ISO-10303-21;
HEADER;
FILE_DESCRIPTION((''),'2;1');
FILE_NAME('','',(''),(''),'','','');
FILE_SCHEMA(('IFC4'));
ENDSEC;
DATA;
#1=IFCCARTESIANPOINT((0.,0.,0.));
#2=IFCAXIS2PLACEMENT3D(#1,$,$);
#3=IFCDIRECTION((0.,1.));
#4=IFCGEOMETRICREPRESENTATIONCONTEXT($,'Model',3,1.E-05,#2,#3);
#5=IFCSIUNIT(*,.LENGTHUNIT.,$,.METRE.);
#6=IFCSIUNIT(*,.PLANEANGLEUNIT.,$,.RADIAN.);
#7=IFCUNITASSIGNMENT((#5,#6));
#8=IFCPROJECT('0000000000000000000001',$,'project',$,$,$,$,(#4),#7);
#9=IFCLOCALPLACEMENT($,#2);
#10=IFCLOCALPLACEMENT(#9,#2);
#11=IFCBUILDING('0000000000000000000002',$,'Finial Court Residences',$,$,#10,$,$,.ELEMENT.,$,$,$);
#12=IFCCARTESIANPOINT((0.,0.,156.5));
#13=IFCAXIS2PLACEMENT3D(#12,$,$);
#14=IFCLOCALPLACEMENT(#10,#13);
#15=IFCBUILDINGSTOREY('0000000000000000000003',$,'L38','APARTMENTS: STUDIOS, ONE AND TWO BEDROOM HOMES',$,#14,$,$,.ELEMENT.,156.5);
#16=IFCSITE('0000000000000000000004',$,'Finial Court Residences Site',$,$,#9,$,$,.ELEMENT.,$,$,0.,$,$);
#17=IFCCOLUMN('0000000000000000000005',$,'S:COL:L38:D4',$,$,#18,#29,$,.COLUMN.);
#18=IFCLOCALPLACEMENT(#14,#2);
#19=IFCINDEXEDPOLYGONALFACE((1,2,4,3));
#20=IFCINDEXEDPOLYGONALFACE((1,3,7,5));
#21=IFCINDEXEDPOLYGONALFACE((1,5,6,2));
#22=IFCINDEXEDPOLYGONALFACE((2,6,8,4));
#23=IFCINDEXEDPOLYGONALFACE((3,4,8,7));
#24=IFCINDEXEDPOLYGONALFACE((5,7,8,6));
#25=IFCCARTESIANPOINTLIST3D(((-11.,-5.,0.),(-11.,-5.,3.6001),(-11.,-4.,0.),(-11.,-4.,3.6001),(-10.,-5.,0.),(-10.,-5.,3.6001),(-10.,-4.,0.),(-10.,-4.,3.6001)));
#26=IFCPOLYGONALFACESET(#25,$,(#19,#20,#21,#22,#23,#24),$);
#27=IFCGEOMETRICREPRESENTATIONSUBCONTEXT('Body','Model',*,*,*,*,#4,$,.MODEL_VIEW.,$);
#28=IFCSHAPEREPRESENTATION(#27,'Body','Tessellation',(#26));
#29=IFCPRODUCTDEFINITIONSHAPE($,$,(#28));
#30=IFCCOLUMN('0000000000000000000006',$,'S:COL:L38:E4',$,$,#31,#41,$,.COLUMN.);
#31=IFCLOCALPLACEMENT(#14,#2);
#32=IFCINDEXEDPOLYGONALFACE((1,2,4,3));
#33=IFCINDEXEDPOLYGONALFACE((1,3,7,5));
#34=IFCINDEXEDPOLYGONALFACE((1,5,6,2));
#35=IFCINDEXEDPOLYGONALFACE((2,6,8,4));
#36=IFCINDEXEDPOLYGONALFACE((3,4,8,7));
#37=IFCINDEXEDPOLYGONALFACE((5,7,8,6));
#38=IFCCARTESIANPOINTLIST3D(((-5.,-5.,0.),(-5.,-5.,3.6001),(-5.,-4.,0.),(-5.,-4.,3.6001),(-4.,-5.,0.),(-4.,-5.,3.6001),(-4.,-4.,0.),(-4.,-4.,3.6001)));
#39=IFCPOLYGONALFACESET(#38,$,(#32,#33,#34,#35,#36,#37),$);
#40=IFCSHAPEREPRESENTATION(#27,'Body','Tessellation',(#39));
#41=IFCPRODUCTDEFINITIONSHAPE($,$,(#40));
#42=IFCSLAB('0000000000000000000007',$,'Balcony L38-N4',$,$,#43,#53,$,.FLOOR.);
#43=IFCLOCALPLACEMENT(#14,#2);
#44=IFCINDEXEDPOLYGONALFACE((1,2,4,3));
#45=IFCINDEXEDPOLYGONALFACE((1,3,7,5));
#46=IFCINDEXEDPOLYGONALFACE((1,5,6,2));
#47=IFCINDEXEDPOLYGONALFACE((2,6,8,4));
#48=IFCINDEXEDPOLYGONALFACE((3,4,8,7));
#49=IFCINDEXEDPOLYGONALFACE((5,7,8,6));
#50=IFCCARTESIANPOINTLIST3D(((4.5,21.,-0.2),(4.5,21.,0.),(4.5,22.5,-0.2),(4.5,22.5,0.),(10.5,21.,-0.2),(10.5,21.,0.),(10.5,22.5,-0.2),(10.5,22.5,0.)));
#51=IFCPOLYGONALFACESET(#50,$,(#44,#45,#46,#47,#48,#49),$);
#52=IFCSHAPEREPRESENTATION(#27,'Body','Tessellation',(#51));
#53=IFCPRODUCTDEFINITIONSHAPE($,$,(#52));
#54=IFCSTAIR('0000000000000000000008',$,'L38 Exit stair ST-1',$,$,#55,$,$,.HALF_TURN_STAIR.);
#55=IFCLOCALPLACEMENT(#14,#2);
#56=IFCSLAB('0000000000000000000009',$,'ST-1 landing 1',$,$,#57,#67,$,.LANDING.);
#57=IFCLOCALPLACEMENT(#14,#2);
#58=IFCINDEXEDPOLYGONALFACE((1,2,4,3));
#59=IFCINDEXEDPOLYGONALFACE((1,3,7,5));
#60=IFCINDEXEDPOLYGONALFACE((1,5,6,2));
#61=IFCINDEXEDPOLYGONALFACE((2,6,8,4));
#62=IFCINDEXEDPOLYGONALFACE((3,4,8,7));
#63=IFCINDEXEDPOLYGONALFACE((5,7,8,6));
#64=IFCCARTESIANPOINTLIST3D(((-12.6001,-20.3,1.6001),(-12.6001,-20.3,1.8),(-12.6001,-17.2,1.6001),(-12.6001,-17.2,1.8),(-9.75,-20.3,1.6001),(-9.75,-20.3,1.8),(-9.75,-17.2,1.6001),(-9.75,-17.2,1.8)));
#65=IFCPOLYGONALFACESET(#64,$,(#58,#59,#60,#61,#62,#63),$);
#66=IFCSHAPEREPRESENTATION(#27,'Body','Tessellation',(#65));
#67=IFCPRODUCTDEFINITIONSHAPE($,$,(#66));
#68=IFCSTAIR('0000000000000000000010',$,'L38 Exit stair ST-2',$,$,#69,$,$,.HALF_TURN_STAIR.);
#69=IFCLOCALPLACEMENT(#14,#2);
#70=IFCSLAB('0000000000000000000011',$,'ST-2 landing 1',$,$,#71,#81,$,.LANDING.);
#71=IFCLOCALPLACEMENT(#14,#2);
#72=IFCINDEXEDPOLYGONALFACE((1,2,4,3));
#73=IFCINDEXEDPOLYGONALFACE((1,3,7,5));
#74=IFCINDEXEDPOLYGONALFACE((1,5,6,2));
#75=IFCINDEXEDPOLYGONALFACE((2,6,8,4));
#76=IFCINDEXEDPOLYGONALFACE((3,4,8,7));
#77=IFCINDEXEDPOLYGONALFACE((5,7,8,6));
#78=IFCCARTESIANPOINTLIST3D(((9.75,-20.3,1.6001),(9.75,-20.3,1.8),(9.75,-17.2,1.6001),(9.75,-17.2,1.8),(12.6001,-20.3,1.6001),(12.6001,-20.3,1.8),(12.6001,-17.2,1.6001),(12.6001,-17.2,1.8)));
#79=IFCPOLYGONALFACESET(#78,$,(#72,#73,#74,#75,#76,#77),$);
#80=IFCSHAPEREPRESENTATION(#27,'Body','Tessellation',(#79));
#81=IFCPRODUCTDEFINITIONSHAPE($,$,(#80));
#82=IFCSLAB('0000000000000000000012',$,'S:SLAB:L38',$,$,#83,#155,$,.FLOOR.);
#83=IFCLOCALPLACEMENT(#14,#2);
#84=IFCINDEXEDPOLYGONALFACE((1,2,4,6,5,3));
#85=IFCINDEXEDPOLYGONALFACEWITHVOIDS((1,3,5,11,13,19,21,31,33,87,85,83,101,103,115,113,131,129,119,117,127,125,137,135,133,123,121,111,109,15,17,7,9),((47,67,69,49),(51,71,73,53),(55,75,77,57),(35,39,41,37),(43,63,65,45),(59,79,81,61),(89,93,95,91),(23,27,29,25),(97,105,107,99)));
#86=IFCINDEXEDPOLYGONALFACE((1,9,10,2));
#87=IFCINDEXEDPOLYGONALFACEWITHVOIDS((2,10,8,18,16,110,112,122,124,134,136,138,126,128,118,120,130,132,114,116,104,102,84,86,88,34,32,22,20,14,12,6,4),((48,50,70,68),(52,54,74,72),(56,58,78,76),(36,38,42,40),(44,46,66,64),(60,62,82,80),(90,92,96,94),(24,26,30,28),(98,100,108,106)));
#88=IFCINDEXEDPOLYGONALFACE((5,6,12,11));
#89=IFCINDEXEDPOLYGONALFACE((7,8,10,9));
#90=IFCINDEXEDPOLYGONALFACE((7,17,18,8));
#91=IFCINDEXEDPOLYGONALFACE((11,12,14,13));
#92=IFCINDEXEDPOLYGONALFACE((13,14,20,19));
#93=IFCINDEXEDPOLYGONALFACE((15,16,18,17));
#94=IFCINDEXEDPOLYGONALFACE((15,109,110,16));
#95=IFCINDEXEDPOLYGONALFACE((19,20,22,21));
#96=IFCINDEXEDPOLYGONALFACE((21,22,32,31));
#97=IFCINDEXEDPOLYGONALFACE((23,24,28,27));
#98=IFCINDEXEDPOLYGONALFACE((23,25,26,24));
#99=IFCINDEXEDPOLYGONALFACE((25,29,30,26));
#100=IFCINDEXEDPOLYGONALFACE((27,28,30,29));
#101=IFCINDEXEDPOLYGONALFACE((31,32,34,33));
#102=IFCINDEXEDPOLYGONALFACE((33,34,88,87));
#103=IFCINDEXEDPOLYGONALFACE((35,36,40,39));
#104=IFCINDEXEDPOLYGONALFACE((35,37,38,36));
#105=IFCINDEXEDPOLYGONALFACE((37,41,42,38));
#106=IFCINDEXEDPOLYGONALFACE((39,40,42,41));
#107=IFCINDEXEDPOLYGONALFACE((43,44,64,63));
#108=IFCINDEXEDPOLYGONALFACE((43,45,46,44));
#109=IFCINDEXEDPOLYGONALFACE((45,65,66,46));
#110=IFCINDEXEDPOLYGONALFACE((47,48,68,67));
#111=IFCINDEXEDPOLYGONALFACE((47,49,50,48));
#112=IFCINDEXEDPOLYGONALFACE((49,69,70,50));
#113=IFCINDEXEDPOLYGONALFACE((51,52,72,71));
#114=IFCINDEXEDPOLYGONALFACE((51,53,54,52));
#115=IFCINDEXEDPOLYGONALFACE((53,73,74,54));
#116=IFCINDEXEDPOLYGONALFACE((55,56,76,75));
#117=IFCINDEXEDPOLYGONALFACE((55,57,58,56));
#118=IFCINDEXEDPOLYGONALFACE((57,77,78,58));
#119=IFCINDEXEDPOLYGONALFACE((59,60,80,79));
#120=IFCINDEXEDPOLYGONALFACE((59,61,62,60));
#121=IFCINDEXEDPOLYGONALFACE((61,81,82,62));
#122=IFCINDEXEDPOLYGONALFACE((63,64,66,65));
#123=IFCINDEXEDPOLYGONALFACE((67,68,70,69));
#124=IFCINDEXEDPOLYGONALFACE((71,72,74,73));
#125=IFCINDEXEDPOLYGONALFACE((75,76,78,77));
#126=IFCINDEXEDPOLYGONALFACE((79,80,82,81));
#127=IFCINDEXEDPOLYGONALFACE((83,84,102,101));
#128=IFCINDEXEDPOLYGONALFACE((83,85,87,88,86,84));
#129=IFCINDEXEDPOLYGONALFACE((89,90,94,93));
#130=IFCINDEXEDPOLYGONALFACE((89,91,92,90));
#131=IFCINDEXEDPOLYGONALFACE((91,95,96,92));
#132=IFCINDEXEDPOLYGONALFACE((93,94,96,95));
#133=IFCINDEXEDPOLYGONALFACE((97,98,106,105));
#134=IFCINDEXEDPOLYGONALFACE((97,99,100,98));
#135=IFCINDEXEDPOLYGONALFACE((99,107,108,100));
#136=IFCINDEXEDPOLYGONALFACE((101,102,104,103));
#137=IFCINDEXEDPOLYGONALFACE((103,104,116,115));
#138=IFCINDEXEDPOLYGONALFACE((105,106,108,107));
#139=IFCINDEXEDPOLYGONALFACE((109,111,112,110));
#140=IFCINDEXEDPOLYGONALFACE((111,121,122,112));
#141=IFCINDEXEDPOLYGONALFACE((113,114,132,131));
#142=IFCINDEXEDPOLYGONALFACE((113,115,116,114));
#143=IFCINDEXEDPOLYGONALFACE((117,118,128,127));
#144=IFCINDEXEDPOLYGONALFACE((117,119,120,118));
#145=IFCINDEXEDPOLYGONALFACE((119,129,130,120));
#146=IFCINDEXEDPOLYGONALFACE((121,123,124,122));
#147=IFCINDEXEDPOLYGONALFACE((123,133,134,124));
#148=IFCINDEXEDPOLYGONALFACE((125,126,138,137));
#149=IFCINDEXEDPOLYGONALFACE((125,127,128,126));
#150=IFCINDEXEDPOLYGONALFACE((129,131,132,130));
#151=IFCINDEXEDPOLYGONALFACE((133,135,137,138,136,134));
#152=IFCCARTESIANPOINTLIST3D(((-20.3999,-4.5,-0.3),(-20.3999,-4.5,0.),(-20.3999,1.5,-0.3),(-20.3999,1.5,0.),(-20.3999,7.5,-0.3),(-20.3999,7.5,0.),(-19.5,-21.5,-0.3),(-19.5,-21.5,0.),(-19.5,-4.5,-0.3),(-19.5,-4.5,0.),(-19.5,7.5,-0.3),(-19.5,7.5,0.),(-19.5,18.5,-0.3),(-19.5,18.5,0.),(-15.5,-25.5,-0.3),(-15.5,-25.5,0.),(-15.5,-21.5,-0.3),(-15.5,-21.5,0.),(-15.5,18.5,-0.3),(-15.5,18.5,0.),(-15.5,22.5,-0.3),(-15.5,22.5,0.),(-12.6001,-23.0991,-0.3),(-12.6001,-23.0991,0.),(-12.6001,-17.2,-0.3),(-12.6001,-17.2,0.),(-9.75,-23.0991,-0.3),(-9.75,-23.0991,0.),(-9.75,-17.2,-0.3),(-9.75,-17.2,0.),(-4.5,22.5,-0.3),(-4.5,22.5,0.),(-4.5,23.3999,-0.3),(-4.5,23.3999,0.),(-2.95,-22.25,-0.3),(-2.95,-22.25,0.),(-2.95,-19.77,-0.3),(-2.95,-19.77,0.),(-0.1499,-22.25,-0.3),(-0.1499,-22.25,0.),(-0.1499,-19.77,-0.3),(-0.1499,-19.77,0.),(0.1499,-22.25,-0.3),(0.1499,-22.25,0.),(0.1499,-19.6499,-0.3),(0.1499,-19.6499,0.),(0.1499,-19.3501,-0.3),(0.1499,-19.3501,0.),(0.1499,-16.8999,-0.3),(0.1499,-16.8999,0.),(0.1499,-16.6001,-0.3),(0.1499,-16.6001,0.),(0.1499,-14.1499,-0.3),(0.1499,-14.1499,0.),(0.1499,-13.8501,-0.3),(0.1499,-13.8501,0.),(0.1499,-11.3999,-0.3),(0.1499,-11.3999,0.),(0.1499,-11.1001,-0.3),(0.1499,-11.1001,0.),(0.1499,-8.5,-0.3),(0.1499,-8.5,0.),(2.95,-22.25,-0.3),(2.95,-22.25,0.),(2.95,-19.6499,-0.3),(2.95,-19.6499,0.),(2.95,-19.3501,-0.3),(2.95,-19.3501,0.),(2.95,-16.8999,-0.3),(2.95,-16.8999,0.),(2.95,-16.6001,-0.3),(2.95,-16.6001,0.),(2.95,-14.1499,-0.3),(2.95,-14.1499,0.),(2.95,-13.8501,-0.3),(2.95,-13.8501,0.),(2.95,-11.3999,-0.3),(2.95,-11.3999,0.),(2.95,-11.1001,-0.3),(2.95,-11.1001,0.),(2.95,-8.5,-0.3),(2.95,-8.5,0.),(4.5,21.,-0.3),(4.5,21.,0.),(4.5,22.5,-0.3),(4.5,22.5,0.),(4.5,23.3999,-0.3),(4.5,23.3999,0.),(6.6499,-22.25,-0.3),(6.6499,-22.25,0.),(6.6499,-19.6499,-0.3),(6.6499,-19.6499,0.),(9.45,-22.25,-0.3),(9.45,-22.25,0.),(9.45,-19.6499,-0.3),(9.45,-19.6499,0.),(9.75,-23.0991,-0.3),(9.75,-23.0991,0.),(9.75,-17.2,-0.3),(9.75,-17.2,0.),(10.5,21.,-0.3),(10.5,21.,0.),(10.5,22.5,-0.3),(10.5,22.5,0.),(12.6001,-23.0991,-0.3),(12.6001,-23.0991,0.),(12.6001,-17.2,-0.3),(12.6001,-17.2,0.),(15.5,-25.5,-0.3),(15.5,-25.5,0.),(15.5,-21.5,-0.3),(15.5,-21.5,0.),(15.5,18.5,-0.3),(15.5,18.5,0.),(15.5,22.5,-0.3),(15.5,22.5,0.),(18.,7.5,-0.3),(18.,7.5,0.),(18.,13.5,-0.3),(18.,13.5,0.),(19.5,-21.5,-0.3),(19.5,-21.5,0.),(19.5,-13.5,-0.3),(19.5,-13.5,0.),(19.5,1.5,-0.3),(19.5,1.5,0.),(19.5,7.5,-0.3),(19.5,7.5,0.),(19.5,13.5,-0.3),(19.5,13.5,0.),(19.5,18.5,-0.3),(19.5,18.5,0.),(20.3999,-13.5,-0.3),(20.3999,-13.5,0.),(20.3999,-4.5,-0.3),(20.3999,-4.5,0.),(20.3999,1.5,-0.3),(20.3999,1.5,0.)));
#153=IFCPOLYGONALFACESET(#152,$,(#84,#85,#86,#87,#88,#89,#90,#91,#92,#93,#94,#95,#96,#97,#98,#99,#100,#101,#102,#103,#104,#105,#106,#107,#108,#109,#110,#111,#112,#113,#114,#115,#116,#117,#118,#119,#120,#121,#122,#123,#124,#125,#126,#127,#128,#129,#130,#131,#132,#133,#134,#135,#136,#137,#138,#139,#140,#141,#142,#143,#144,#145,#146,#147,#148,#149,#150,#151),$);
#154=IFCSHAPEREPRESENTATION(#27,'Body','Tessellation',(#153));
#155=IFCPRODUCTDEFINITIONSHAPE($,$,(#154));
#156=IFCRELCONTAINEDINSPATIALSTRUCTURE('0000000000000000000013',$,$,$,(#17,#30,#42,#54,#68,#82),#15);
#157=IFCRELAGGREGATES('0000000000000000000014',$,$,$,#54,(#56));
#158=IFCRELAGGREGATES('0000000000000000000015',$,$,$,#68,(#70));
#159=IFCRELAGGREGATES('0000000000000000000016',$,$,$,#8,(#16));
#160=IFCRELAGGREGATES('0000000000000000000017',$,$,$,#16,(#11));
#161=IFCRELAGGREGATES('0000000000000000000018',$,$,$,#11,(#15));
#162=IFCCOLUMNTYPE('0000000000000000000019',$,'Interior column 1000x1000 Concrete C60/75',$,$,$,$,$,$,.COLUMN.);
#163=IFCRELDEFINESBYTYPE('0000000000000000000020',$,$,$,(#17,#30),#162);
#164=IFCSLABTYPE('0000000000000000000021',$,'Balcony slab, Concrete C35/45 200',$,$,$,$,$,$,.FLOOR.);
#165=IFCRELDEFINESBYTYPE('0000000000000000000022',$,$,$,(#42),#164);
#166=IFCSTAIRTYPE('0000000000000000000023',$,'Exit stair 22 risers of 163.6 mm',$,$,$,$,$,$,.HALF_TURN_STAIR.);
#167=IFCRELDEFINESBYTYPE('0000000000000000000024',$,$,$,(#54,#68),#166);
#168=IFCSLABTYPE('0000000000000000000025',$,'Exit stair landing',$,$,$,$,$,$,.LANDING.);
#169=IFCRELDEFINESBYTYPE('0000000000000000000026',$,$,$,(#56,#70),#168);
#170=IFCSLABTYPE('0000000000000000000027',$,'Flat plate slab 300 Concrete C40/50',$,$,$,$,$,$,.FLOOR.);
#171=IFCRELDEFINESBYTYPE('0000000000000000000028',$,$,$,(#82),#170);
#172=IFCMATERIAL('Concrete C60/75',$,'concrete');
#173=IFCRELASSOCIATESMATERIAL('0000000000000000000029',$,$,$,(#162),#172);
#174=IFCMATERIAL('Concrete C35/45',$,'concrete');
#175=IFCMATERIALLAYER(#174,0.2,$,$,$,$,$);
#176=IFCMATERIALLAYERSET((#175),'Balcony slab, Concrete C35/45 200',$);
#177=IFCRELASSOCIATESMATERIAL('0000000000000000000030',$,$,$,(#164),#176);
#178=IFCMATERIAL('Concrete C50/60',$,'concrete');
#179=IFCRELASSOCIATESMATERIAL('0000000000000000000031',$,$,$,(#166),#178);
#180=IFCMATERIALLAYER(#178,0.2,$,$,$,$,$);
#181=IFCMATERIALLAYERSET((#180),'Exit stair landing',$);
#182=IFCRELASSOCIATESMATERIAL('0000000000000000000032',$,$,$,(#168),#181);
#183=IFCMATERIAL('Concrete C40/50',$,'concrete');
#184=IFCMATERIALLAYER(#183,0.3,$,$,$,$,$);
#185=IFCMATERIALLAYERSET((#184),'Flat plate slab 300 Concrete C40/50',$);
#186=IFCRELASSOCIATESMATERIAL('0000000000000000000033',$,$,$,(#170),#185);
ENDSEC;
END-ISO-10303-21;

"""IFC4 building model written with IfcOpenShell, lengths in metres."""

from ifc_helpers import new_model, si_unit, direction, frame, origin, origin_2d, place, context, subcontext, project, spatial, polyline, rectangle, outline, extrude, material, layer, layer_set, material_profile, profile_set, type_object, element, aggregate, save


model = new_model("IFC4")

# Units and contexts
model_context = context("Model", 3, precision=1e-05, world=origin(), true_north=direction((0.0, 1.0)))
body_context = subcontext(model_context, "Body", "Model", "MODEL_VIEW")
ifc_project = project(units=[si_unit("LENGTHUNIT", "METRE"), si_unit("PLANEANGLEUNIT", "RADIAN")], contexts=[model_context])

# Site, building, storey
site_placement = place(None, origin())
site = spatial("IfcSite", under=ifc_project, at=site_placement, Name="Finial Court Residences Site", CompositionType="ELEMENT", RefElevation=0.0)
building_placement = place(site_placement, origin())
building = spatial("IfcBuilding", under=site, at=building_placement, Name="Finial Court Residences", CompositionType="ELEMENT")
storey_placement = place(building_placement, frame((0.0, 0.0, 156.5)))
storey = spatial("IfcBuildingStorey", under=building, at=storey_placement, Name="L38", Description="APARTMENTS: STUDIOS, ONE AND TWO BEDROOM HOMES", CompositionType="ELEMENT", Elevation=156.5)

# Columns
ifc_material_1 = material(Name="Concrete C60/75", Category="concrete")
ifc_material_profile = material_profile(ifc_material_1, rectangle(XDim=1.0, YDim=1.0, at=origin_2d()), Name="1000x1000")
ifc_profile_set = profile_set([ifc_material_profile], Name="Concrete C60/75")
column_type = type_object("IfcColumnType", Name="Interior column 1000x1000 Concrete C60/75", PredefinedType="COLUMN", material=ifc_profile_set)
for number, where, z_axis, x_axis, name in (
    (1, (-10.5, -4.5, 0.0), (0.0, 0.0, 1.0), (1.0, 0.0, 0.0), "S:COL:L38:D4"),
    (2, (-4.5, -4.5, 0.0), (0.0, 0.0, 1.0), (1.0, 0.0, 0.0), "S:COL:L38:E4"),
):
    element("IfcColumn", number, at=place(storey_placement, frame(where, z_axis=z_axis, x_axis=x_axis)), inside=storey, type_object=column_type, Name=name, PredefinedType="COLUMN", context=body_context, shape_type="SweptSolid", body=[
        extrude(rectangle(XDim=1.0, YDim=1.0, at=origin_2d()), origin(), (0.0, 0.0, 1.0), 3.6001),
    ])

# Slab
ifc_material_2 = material(Name="Concrete C35/45", Category="concrete")
ifc_layer_1 = layer(ifc_material_2, 0.2)
ifc_layer_set_1 = layer_set([ifc_layer_1], Name="Balcony slab, Concrete C35/45 200")
slab_type_1 = type_object("IfcSlabType", Name="Balcony slab, Concrete C35/45 200", PredefinedType="FLOOR", material=ifc_layer_set_1)
slab_1_placement = place(storey_placement, frame((0.0, 0.0, -0.2)))
element("IfcSlab", 3, at=slab_1_placement, inside=storey, type_object=slab_type_1, Name="Balcony L38-N4", PredefinedType="FLOOR", context=body_context, shape_type="SweptSolid", body=[
    extrude(outline(polyline([(10.5, 21.0), (10.5, 22.5), (4.5, 22.5), (4.5, 21.0), (10.5, 21.0)])), origin(), (0.0, 0.0, 1.0), 0.2),
])

# Stairs, slabs
ifc_material_3 = material(Name="Concrete C50/60", Category="concrete")
stair_type = type_object("IfcStairType", Name="Exit stair 22 risers of 163.6 mm", PredefinedType="HALF_TURN_STAIR", material=ifc_material_3)
stair_1_placement = place(storey_placement, origin())
stair_1 = element("IfcStair", 4, at=stair_1_placement, inside=storey, type_object=stair_type, Name="L38 Exit stair ST-1", PredefinedType="HALF_TURN_STAIR")
ifc_layer_2 = layer(ifc_material_3, 0.2)
ifc_layer_set_2 = layer_set([ifc_layer_2], Name="Exit stair landing")
slab_type_2 = type_object("IfcSlabType", Name="Exit stair landing", PredefinedType="LANDING", material=ifc_layer_set_2)
slab_2_placement = place(storey_placement, frame((0.0, 0.0, 1.6001)))
slab_2 = element("IfcSlab", 5, at=slab_2_placement, type_object=slab_type_2, Name="ST-1 landing 1", PredefinedType="LANDING", context=body_context, shape_type="SweptSolid", body=[
    extrude(outline(polyline([(-9.75, -20.3), (-9.75, -17.2), (-12.6001, -17.2), (-12.6001, -20.3), (-9.75, -20.3)])), origin(), (0.0, 0.0, 1.0), 0.2),
])
aggregate(stair_1, [slab_2])
stair_2_placement = place(storey_placement, origin())
stair_2 = element("IfcStair", 6, at=stair_2_placement, inside=storey, type_object=stair_type, Name="L38 Exit stair ST-2", PredefinedType="HALF_TURN_STAIR")
slab_3_placement = place(storey_placement, frame((0.0, 0.0, 1.6001)))
slab_3 = element("IfcSlab", 7, at=slab_3_placement, type_object=slab_type_2, Name="ST-2 landing 1", PredefinedType="LANDING", context=body_context, shape_type="SweptSolid", body=[
    extrude(outline(polyline([(12.6001, -20.3), (12.6001, -17.2), (9.75, -17.2), (9.75, -20.3), (12.6001, -20.3)])), origin(), (0.0, 0.0, 1.0), 0.2),
])
aggregate(stair_2, [slab_3])

# Slab
ifc_material_4 = material(Name="Concrete C40/50", Category="concrete")
ifc_layer_3 = layer(ifc_material_4, 0.3)
ifc_layer_set_3 = layer_set([ifc_layer_3], Name="Flat plate slab 300 Concrete C40/50")
slab_type_3 = type_object("IfcSlabType", Name="Flat plate slab 300 Concrete C40/50", PredefinedType="FLOOR", material=ifc_layer_set_3)
slab_4_placement = place(storey_placement, frame((0.0, 0.0, -0.3)))
element("IfcSlab", 8, at=slab_4_placement, inside=storey, type_object=slab_type_3, Name="S:SLAB:L38", PredefinedType="FLOOR", context=body_context, shape_type="SweptSolid", body=[
    extrude(outline(polyline([(20.3999, -13.5), (19.5, -13.5), (19.5, -21.5), (15.5, -21.5), (15.5, -25.5), (-15.5, -25.5), (-15.5, -21.5), (-19.5, -21.5), (-19.5, -4.5), (-20.3999, -4.5), (-20.3999, 1.5), (-20.3999, 7.5), (-19.5, 7.5), (-19.5, 18.5), (-15.5, 18.5), (-15.5, 22.5), (-4.5, 22.5), (-4.5, 23.3999), (4.5, 23.3999), (4.5, 22.5), (4.5, 21.0), (10.5, 21.0), (10.5, 22.5), (15.5, 22.5), (15.5, 18.5), (19.5, 18.5), (19.5, 13.5), (18.0, 13.5), (18.0, 7.5), (19.5, 7.5), (19.5, 1.5), (20.3999, 1.5), (20.3999, -4.5), (20.3999, -13.5)]), holes=[polyline([(-0.1499, -19.77), (-2.95, -19.77), (-2.95, -22.25), (-0.1499, -22.25), (-0.1499, -19.77)]), polyline([(2.95, -19.6499), (0.1499, -19.6499), (0.1499, -22.25), (2.95, -22.25), (2.95, -19.6499)]), polyline([(9.45, -19.6499), (6.6499, -19.6499), (6.6499, -22.25), (9.45, -22.25), (9.45, -19.6499)]), polyline([(-12.6001, -17.2), (-12.6001, -23.0991), (-9.75, -23.0991), (-9.75, -17.2), (-12.6001, -17.2)]), polyline([(9.75, -17.2), (9.75, -23.0991), (12.6001, -23.0991), (12.6001, -17.2), (9.75, -17.2)]), polyline([(2.95, -16.8999), (0.1499, -16.8999), (0.1499, -19.3501), (2.95, -19.3501), (2.95, -16.8999)]), polyline([(2.95, -14.1499), (0.1499, -14.1499), (0.1499, -16.6001), (2.95, -16.6001), (2.95, -14.1499)]), polyline([(2.95, -13.8501), (2.95, -11.3999), (0.1499, -11.3999), (0.1499, -13.8501), (2.95, -13.8501)]), polyline([(2.95, -11.1001), (2.95, -8.5), (0.1499, -8.5), (0.1499, -11.1001), (2.95, -11.1001)])]), origin(), (0.0, 0.0, 1.0), 0.3),
])

save(model, "model.ifc")
